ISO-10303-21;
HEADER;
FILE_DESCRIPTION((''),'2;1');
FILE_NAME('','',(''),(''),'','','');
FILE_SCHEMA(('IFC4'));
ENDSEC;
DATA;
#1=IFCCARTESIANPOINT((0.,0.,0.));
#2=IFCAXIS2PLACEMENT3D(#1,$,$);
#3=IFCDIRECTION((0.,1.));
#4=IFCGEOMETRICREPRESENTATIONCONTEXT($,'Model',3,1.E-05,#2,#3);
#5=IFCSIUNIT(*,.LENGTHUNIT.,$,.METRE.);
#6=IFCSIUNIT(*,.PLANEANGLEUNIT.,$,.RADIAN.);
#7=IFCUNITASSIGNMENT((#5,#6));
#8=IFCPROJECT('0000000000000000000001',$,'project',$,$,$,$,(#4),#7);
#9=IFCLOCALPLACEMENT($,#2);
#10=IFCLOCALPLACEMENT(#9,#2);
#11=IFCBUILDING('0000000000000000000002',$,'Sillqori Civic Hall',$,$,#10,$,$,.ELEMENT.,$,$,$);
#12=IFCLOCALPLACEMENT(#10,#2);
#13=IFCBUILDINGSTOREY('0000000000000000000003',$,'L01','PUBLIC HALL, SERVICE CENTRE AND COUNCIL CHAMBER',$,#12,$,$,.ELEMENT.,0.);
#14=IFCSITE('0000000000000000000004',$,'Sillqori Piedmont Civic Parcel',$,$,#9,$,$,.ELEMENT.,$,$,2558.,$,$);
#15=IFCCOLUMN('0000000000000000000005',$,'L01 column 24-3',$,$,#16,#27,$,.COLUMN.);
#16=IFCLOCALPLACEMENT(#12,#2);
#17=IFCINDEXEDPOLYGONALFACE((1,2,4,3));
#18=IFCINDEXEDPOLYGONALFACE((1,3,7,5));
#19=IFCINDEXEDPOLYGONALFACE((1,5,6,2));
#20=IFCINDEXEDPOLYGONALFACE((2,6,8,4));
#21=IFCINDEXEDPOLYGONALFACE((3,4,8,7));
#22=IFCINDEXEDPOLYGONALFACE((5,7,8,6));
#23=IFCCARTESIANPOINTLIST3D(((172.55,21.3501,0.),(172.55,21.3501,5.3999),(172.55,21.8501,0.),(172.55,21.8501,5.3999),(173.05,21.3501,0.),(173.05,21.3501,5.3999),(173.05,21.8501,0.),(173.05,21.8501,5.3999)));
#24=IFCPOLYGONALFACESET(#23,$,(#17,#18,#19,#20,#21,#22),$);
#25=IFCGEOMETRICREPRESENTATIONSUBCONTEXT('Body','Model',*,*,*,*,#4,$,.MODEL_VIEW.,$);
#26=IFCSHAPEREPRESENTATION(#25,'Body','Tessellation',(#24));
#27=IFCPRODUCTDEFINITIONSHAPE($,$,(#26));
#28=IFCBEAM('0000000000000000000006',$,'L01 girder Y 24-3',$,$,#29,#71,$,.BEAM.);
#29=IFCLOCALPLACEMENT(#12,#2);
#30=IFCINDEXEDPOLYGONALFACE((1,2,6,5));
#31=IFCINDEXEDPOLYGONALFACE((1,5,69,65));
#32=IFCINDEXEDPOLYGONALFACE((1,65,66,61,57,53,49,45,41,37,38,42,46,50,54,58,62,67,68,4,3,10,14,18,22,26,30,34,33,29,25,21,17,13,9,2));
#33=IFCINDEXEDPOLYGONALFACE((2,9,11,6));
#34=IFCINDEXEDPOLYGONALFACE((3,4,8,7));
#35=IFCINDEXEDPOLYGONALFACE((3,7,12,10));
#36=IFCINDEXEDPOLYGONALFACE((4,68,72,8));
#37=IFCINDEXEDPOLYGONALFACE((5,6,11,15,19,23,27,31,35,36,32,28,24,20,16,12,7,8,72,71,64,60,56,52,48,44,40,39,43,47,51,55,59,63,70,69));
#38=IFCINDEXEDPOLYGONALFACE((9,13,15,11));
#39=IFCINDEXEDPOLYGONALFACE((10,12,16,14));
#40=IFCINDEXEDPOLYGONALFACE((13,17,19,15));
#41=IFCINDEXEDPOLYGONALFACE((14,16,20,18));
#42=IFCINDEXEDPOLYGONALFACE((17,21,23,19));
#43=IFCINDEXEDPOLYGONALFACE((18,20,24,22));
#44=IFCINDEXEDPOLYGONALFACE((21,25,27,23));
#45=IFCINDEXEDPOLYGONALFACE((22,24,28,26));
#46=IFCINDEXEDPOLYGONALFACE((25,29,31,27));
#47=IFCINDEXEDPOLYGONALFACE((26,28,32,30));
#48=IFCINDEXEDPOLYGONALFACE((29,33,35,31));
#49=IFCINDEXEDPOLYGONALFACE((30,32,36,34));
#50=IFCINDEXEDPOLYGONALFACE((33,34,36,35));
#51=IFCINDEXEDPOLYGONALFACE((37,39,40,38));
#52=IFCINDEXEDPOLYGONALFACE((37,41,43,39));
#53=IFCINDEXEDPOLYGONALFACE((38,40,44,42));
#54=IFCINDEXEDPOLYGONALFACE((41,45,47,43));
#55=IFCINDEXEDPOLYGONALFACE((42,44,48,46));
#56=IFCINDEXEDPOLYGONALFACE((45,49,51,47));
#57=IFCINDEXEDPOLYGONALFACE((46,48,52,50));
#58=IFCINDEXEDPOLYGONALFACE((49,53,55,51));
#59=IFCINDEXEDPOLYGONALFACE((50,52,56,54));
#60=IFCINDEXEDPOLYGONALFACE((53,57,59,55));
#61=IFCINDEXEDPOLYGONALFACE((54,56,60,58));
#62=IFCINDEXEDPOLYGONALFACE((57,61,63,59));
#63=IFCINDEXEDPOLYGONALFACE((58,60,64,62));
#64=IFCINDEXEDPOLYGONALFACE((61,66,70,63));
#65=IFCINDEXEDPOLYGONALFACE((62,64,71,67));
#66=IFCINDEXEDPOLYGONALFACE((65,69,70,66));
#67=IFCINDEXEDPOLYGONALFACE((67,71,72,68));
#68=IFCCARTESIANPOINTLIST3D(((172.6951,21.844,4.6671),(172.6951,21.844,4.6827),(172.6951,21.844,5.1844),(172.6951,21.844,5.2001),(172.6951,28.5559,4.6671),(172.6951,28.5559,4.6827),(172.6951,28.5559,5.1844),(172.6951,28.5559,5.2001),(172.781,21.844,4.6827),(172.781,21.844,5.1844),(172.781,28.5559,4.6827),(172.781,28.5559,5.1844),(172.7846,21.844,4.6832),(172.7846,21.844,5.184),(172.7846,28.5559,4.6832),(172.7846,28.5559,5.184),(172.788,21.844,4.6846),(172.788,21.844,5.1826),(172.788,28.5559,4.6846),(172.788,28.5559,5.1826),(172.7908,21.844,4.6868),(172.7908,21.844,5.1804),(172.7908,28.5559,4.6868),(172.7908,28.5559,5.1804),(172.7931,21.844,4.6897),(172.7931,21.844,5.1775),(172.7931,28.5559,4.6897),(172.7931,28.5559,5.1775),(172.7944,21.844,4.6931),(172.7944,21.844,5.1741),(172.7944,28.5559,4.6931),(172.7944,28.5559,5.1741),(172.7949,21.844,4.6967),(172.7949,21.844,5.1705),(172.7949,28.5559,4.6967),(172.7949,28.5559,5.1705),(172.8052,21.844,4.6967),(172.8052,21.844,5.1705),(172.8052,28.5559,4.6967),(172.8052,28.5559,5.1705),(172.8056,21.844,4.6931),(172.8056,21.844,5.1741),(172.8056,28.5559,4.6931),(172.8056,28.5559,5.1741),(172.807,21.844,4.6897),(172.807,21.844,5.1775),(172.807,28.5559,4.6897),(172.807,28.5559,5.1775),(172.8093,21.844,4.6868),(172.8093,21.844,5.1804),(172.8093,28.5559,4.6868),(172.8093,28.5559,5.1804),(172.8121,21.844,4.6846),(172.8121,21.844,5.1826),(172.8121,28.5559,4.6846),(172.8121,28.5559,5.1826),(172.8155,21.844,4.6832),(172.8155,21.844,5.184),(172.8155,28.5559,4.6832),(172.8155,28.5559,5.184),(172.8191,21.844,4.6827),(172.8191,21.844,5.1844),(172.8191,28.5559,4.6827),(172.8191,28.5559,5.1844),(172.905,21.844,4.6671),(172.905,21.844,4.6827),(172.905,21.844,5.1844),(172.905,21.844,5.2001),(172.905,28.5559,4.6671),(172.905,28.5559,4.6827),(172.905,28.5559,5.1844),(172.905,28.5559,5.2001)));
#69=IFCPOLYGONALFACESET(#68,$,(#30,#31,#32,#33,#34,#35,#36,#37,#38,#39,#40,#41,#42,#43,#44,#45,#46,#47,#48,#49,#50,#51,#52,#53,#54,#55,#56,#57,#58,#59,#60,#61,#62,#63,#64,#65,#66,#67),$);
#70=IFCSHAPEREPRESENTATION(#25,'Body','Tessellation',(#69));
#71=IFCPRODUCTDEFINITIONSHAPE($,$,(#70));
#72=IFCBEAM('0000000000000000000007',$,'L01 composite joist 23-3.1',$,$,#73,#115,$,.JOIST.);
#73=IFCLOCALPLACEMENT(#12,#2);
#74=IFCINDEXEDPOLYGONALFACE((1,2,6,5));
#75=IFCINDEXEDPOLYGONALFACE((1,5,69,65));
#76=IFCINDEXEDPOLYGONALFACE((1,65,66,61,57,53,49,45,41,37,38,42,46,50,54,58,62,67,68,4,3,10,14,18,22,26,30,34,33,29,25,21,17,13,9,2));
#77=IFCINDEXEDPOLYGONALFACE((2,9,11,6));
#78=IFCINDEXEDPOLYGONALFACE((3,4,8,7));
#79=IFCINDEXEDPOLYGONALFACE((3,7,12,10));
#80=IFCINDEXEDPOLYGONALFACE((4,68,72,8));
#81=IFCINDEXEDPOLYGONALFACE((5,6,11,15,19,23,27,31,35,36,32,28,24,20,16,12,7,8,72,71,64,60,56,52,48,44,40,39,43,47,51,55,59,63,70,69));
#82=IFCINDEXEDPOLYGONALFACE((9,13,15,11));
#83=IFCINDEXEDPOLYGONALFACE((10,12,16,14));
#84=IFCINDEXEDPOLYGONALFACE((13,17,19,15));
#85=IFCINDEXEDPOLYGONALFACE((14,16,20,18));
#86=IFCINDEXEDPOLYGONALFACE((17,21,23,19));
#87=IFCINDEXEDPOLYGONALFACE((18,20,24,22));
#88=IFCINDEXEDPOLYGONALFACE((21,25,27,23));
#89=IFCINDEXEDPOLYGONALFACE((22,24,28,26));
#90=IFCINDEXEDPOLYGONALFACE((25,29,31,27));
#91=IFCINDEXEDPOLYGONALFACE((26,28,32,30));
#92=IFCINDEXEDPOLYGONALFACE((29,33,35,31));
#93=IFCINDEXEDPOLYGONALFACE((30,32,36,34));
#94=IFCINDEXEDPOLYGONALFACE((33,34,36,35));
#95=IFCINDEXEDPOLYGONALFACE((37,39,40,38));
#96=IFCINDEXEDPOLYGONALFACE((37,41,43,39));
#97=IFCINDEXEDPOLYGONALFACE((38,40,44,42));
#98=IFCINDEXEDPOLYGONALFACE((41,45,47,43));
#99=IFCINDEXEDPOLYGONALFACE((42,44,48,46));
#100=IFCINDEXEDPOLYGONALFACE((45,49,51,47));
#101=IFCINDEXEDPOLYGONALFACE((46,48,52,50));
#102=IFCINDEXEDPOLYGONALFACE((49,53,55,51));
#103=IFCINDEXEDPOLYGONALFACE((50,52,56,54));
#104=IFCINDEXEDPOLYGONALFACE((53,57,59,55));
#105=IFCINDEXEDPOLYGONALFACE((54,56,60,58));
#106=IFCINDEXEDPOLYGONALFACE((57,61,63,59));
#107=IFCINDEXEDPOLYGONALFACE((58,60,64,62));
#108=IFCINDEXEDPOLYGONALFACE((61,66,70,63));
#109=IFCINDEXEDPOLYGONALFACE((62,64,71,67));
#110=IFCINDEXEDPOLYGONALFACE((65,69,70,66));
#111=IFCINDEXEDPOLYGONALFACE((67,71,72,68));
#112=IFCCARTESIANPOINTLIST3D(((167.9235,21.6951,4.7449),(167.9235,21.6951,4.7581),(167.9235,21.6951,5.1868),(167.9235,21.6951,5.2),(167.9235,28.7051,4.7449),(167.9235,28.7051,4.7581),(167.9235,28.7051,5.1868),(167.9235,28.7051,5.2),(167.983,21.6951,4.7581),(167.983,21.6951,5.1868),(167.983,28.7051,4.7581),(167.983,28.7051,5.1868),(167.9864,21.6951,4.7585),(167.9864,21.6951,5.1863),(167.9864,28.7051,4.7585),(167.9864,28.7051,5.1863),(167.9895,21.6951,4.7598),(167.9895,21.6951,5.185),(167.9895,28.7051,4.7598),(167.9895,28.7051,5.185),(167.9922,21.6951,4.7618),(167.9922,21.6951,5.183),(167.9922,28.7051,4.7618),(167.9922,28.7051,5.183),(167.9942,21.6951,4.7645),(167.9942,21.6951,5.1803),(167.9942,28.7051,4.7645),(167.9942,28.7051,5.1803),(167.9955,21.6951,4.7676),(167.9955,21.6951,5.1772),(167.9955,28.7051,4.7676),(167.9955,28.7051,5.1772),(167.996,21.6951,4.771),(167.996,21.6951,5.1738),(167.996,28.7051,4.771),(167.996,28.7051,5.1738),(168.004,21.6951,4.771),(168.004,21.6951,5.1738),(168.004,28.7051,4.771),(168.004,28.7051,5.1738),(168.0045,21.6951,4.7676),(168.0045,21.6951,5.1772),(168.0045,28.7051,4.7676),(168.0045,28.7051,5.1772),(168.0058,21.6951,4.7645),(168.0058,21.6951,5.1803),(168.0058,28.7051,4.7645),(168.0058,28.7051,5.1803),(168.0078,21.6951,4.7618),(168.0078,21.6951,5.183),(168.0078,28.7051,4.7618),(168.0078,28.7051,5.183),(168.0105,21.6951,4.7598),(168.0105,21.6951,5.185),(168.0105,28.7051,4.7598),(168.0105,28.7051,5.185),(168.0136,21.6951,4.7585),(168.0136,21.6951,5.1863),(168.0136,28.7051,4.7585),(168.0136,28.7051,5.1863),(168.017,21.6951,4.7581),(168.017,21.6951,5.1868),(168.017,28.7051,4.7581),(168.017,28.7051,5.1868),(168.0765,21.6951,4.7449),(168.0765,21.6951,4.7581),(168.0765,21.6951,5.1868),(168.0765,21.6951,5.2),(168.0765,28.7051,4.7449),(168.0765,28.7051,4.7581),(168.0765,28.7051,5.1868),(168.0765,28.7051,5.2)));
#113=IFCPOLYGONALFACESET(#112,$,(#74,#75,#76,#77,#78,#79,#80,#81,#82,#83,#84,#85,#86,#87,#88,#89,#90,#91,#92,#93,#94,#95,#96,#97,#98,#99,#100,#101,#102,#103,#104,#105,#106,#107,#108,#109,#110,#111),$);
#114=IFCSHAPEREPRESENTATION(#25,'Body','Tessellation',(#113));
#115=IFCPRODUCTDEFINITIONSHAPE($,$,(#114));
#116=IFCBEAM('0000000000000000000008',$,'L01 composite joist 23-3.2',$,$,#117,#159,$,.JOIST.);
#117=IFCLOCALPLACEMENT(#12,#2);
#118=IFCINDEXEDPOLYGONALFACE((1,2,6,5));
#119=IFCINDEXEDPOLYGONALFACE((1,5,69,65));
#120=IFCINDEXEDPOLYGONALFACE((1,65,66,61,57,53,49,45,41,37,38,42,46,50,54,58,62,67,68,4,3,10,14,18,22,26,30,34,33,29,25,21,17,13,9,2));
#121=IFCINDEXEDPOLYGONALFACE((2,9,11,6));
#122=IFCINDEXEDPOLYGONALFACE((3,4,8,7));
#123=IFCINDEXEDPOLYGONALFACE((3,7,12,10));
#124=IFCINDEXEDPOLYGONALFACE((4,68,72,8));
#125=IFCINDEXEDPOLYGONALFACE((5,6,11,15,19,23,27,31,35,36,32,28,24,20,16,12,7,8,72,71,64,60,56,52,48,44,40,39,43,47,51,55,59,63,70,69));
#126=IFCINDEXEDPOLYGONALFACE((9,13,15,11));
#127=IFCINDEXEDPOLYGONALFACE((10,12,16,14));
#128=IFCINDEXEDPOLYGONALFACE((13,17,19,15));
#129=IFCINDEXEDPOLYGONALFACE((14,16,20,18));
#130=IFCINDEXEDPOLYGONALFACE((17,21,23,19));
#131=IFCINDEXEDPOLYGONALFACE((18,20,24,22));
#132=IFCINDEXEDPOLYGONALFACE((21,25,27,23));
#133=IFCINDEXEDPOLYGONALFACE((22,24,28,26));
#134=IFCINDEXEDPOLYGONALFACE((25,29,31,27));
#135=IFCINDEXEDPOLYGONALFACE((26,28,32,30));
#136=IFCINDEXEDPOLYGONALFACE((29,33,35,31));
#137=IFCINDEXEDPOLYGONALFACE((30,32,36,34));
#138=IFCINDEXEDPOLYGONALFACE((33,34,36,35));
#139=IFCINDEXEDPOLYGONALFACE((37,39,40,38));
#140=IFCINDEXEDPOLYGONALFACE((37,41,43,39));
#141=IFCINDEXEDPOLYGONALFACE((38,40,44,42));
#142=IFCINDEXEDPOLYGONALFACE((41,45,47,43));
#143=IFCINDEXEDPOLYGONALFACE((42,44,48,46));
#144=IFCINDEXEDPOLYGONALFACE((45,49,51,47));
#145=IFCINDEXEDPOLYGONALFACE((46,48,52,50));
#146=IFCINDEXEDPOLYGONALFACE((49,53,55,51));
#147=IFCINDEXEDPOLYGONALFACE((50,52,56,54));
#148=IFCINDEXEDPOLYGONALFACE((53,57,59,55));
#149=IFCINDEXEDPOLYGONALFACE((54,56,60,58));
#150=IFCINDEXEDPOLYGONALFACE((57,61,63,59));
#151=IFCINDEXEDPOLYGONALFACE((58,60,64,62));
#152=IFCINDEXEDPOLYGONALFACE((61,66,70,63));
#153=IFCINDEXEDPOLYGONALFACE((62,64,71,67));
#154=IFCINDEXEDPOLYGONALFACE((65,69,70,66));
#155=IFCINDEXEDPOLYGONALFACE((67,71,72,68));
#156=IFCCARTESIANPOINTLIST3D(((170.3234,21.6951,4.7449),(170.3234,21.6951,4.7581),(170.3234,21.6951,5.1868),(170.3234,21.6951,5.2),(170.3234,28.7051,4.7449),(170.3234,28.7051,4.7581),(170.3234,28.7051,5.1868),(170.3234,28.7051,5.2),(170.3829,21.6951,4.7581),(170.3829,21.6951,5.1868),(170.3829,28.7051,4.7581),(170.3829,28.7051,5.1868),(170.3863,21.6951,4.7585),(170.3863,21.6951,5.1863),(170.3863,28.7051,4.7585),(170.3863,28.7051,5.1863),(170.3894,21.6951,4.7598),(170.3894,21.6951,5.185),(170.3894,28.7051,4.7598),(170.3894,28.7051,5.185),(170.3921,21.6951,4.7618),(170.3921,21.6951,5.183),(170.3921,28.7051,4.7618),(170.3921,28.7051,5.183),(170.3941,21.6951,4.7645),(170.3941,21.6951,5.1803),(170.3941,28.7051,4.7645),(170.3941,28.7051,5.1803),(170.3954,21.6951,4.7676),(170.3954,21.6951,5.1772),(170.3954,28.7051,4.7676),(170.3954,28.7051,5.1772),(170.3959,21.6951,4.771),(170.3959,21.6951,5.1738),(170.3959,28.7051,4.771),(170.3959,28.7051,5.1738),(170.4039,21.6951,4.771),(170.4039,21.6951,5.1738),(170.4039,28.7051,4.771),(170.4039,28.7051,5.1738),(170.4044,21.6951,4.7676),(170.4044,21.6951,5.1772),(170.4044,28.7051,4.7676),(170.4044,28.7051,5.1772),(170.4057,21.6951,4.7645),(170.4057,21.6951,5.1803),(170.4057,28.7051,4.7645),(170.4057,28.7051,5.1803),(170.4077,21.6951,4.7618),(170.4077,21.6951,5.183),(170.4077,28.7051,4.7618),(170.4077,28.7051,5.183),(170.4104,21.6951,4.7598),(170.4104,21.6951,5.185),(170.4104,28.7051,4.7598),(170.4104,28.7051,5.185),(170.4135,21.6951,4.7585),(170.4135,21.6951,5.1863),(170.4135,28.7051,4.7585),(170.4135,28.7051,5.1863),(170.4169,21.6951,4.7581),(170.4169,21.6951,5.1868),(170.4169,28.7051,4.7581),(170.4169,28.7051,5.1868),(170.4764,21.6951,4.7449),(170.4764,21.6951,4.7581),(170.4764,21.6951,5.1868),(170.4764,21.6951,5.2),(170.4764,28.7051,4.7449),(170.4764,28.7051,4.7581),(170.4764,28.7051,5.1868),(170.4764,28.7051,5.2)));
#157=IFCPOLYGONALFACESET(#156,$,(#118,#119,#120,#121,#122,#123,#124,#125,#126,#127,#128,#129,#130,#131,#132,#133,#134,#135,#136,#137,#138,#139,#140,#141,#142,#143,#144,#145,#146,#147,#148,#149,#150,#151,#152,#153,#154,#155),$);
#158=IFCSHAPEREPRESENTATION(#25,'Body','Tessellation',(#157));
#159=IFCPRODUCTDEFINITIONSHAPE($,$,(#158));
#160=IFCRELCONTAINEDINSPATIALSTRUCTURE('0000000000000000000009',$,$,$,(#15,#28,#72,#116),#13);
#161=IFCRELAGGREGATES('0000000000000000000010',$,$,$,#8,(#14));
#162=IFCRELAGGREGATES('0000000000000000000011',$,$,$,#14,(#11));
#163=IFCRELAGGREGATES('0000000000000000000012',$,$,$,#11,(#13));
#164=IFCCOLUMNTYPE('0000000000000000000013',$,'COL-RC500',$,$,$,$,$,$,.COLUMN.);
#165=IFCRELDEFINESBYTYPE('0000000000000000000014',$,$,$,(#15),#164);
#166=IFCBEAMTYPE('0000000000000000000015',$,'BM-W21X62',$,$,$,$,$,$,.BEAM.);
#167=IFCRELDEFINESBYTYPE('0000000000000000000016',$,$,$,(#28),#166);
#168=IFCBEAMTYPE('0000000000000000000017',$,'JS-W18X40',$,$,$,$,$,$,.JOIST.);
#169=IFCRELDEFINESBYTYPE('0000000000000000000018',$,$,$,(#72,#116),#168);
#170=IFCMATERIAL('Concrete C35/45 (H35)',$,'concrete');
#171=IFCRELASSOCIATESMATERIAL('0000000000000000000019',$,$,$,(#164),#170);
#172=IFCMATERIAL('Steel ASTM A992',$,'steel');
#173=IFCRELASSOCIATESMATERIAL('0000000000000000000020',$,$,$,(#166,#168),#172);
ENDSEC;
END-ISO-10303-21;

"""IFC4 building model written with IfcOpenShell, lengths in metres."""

from ifc_helpers import new_model, si_unit, direction, frame, origin, origin_2d, place, context, subcontext, project, spatial, rectangle, i_section, extrude, material, material_profile, profile_set, type_object, element, save


model = new_model("IFC4")

# Units and contexts
model_context = context("Model", 3, precision=1e-05, world=origin(), true_north=direction((0.0, 1.0)))
body_context = subcontext(model_context, "Body", "Model", "MODEL_VIEW")
ifc_project = project(units=[si_unit("LENGTHUNIT", "METRE"), si_unit("PLANEANGLEUNIT", "RADIAN")], contexts=[model_context])

# Site, building, storey
site_placement = place(None, origin())
site = spatial("IfcSite", under=ifc_project, at=site_placement, Name="Sillqori Piedmont Civic Parcel", CompositionType="ELEMENT", RefElevation=2558.0)
building_placement = place(site_placement, origin())
building = spatial("IfcBuilding", under=site, at=building_placement, Name="Sillqori Civic Hall", CompositionType="ELEMENT")
storey_placement = place(building_placement, origin())
storey = spatial("IfcBuildingStorey", under=building, at=storey_placement, Name="L01", Description="PUBLIC HALL, SERVICE CENTRE AND COUNCIL CHAMBER", CompositionType="ELEMENT", Elevation=0.0)

# Column
ifc_material_1 = material(Name="Concrete C35/45 (H35)", Category="concrete")
ifc_material_profile_1 = material_profile(ifc_material_1, rectangle(XDim=0.5, YDim=0.5, at=origin_2d()), Name="RC 500x500")
ifc_profile_set_1 = profile_set([ifc_material_profile_1], Name="Concrete C35/45 (H35)")
column_type = type_object("IfcColumnType", Name="COL-RC500", PredefinedType="COLUMN", material=ifc_profile_set_1)
column_placement = place(storey_placement, frame((172.8, 21.6001, 0.0), z_axis=(0.0, 0.0, 1.0), x_axis=(1.0, 0.0, 0.0)))
element("IfcColumn", 1, at=column_placement, inside=storey, type_object=column_type, Name="L01 column 24-3", PredefinedType="COLUMN", context=body_context, shape_type="SweptSolid", body=[
    extrude(rectangle(XDim=0.5, YDim=0.5, at=origin_2d()), origin(), (0.0, 0.0, 1.0), 5.3999),
])

# Beams
ifc_material_2 = material(Name="Steel ASTM A992", Category="steel")
ifc_material_profile_2 = material_profile(ifc_material_2, i_section(OverallWidth=0.21, OverallDepth=0.533, WebThickness=0.0103, FlangeThickness=0.0156, FilletRadius=0.0139, at=origin_2d()), Name="W21X62")
ifc_profile_set_2 = profile_set([ifc_material_profile_2], Name="Steel ASTM A992")
beam_type_1 = type_object("IfcBeamType", Name="BM-W21X62", PredefinedType="BEAM", material=ifc_profile_set_2)
beam_placement = place(storey_placement, frame((172.8, 21.844, 4.9336), z_axis=(0.0, 1.0, 0.0), x_axis=(-1.0, 0.0, 0.0)))
element("IfcBeam", 2, at=beam_placement, inside=storey, type_object=beam_type_1, Name="L01 girder Y 24-3", PredefinedType="BEAM", context=body_context, shape_type="SweptSolid", body=[
    extrude(i_section(OverallWidth=0.21, OverallDepth=0.533, WebThickness=0.0103, FlangeThickness=0.0156, FilletRadius=0.0139, at=origin_2d()), origin(), (0.0, 0.0, 1.0), 6.7119),
])
ifc_material_profile_3 = material_profile(ifc_material_2, i_section(OverallWidth=0.1531, OverallDepth=0.4551, WebThickness=0.0081, FlangeThickness=0.0132, FilletRadius=0.0129, at=origin_2d()), Name="W18X40")
ifc_profile_set_3 = profile_set([ifc_material_profile_3], Name="Steel ASTM A992")
beam_type_2 = type_object("IfcBeamType", Name="JS-W18X40", PredefinedType="JOIST", material=ifc_profile_set_3)
for number, where, z_axis, x_axis, name in (
    (3, (168.0, 21.6951, 4.9724), (0.0, 1.0, 0.0), (-1.0, 0.0, 0.0), "L01 composite joist 23-3.1"),
    (4, (170.3999, 21.6951, 4.9724), (0.0, 1.0, 0.0), (-1.0, 0.0, 0.0), "L01 composite joist 23-3.2"),
):
    element("IfcBeam", number, at=place(storey_placement, frame(where, z_axis=z_axis, x_axis=x_axis)), inside=storey, type_object=beam_type_2, Name=name, PredefinedType="JOIST", context=body_context, shape_type="SweptSolid", body=[
        extrude(i_section(OverallWidth=0.1531, OverallDepth=0.4551, WebThickness=0.0081, FlangeThickness=0.0132, FilletRadius=0.0129, at=origin_2d()), origin(), (0.0, 0.0, 1.0), 7.01),
    ])

save(model, "model.ifc")
